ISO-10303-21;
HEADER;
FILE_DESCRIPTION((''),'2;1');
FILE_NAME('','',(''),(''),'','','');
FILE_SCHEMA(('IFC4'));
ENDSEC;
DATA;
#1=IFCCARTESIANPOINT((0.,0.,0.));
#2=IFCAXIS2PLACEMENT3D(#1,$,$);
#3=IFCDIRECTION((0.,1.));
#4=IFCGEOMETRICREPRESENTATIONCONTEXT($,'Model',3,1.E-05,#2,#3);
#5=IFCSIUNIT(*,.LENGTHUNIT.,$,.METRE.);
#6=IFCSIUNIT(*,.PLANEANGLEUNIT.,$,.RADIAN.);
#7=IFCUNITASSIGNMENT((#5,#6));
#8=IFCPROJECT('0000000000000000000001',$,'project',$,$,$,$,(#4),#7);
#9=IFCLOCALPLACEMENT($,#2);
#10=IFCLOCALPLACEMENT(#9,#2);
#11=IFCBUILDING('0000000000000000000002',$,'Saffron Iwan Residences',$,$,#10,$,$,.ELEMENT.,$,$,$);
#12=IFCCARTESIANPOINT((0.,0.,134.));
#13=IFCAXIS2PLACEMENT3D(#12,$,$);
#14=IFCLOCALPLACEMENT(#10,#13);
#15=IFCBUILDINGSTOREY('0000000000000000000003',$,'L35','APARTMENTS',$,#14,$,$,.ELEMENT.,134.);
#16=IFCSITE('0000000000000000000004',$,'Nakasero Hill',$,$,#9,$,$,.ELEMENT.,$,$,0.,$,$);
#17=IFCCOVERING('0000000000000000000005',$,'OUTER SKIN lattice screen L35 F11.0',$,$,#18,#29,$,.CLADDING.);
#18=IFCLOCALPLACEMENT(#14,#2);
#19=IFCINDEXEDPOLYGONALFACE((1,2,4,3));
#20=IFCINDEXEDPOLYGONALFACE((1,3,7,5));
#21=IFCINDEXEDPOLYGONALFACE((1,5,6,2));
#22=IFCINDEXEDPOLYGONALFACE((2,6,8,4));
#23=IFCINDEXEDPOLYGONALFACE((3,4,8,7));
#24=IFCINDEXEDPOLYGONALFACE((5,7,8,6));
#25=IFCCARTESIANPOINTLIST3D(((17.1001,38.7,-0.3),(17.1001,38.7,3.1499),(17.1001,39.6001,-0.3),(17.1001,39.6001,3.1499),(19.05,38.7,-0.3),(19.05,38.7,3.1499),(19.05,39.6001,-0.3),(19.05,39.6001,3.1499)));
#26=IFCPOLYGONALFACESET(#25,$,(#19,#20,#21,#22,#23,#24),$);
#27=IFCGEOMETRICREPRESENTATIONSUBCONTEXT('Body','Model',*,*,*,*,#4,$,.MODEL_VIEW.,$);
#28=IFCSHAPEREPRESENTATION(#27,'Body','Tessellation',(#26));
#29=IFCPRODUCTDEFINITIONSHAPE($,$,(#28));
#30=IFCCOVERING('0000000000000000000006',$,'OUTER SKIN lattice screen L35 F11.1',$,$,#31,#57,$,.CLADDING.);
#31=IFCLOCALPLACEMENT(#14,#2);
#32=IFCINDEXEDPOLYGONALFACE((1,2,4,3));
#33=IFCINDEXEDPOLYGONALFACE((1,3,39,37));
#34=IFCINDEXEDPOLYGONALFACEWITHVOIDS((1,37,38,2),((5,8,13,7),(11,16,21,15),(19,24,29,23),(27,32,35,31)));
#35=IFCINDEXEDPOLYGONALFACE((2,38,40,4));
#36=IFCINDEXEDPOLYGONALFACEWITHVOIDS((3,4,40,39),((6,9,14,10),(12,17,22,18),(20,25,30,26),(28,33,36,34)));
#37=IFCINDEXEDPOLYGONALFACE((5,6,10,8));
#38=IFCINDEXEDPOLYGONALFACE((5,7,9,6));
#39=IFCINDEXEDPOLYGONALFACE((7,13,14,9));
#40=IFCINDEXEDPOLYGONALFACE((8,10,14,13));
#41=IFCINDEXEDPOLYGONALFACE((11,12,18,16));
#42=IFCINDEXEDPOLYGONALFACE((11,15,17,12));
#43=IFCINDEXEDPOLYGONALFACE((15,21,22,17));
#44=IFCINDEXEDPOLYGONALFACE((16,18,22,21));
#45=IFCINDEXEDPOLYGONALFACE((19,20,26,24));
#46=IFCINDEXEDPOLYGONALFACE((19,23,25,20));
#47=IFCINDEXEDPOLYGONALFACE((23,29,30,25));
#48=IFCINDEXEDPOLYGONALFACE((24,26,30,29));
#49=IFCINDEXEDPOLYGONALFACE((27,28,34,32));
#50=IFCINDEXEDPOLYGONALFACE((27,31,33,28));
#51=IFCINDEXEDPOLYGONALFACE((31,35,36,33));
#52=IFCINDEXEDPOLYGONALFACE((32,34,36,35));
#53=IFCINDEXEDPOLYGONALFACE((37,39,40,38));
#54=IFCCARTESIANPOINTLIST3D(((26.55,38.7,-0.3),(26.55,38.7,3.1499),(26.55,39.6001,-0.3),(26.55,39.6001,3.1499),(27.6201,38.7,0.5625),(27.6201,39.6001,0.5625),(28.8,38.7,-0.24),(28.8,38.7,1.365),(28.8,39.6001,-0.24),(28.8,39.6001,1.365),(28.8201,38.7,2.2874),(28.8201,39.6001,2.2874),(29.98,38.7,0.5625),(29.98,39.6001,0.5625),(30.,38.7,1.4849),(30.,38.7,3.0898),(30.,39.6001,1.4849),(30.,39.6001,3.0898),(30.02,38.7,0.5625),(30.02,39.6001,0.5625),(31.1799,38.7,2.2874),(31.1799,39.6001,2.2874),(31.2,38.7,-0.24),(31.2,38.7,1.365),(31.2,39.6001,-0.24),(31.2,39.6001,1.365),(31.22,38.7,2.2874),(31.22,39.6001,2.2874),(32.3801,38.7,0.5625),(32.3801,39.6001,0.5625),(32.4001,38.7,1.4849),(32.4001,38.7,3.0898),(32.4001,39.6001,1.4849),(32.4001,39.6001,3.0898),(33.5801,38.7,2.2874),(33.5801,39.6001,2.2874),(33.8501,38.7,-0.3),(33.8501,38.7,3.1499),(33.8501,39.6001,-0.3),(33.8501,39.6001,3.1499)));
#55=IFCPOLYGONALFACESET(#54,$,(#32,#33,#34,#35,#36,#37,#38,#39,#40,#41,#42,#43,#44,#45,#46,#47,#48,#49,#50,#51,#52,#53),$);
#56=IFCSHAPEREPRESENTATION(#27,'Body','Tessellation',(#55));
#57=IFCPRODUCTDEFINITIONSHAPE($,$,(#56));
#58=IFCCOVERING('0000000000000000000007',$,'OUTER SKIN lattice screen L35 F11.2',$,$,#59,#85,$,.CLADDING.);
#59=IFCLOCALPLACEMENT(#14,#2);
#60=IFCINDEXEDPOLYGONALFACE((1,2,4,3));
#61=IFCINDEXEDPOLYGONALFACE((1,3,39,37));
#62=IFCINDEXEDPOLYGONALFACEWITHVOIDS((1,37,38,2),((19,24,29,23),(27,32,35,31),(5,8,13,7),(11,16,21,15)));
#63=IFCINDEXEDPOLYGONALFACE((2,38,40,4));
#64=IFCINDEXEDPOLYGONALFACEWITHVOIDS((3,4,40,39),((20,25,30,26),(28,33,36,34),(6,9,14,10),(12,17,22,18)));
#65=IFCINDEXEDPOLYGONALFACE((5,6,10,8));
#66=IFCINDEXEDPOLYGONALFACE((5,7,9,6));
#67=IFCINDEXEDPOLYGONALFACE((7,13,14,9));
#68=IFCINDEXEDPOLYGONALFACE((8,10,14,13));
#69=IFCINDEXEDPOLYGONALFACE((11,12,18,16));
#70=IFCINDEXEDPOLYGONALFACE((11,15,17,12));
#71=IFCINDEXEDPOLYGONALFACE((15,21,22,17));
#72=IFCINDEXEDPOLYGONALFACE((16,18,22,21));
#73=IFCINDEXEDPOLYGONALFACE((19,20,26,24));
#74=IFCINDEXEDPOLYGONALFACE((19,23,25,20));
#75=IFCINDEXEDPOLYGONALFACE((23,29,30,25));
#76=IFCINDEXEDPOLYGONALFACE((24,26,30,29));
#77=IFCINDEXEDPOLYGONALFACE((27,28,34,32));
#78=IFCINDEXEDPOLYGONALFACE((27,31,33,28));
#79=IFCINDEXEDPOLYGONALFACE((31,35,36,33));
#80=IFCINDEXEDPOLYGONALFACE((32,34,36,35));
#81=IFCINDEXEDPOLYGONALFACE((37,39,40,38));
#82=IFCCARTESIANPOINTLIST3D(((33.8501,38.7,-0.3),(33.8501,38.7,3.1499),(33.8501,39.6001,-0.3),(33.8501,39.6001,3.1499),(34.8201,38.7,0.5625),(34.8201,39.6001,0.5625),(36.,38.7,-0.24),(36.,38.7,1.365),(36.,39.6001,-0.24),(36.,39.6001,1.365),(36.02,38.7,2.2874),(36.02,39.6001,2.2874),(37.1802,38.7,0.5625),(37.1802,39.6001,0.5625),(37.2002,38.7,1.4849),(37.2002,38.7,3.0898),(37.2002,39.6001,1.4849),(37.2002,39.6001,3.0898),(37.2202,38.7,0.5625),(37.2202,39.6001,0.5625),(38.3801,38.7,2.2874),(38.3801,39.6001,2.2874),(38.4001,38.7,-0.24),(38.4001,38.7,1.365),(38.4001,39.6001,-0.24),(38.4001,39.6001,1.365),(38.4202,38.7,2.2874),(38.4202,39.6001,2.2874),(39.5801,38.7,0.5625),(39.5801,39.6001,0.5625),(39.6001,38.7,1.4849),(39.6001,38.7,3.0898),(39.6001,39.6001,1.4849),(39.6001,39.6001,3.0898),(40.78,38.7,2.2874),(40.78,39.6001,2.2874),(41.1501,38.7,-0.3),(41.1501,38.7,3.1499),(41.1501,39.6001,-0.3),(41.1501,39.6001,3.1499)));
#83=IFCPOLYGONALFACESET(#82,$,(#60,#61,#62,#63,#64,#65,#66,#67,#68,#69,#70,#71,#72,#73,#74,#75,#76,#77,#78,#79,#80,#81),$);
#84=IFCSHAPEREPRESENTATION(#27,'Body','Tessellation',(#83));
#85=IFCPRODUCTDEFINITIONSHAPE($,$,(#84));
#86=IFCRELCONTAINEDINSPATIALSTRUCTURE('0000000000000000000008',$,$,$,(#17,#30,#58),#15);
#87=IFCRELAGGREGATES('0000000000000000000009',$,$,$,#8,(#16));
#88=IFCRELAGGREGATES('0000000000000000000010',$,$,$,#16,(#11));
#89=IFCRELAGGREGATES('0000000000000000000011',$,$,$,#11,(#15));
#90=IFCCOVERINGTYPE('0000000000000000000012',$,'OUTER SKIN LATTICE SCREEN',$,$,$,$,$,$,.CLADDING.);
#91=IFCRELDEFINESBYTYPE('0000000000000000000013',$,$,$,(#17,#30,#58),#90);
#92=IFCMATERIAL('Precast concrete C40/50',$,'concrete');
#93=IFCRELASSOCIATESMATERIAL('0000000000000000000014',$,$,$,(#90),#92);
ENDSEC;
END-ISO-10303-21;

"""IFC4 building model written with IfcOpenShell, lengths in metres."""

from ifc_helpers import new_model, si_unit, direction, frame, origin, place, context, subcontext, project, spatial, polyline, outline, extrude, material, type_object, element, save


model = new_model("IFC4")

# Units and contexts
model_context = context("Model", 3, precision=1e-05, world=origin(), true_north=direction((0.0, 1.0)))
body_context = subcontext(model_context, "Body", "Model", "MODEL_VIEW")
ifc_project = project(units=[si_unit("LENGTHUNIT", "METRE"), si_unit("PLANEANGLEUNIT", "RADIAN")], contexts=[model_context])

# Site, building, storey
site_placement = place(None, origin())
site = spatial("IfcSite", under=ifc_project, at=site_placement, Name="Nakasero Hill", CompositionType="ELEMENT", RefElevation=0.0)
building_placement = place(site_placement, origin())
building = spatial("IfcBuilding", under=site, at=building_placement, Name="Saffron Iwan Residences", CompositionType="ELEMENT")
storey_placement = place(building_placement, frame((0.0, 0.0, 134.0)))
storey = spatial("IfcBuildingStorey", under=building, at=storey_placement, Name="L35", Description="APARTMENTS", CompositionType="ELEMENT", Elevation=134.0)

# Coverings
ifc_material_1 = material(Name="Precast concrete C40/50", Category="concrete")
covering_type = type_object("IfcCoveringType", Name="OUTER SKIN LATTICE SCREEN", PredefinedType="CLADDING", material=ifc_material_1)
covering_1_placement = place(storey_placement, frame((17.1001, 39.6001, -0.3), z_axis=(0.0, -1.0, 0.0), x_axis=(1.0, 0.0, 0.0)))
element("IfcCovering", 1, at=covering_1_placement, inside=storey, type_object=covering_type, Name="OUTER SKIN lattice screen L35 F11.0", PredefinedType="CLADDING", context=body_context, shape_type="SweptSolid", body=[
    extrude(outline(polyline([(0.0, 0.0), (1.95, 0.0), (1.95, 3.45), (0.0, 3.45), (0.0, 0.0)])), origin(), (0.0, 0.0, 1.0), 0.9001),
])
covering_2_placement = place(storey_placement, frame((26.55, 39.6001, -0.3), z_axis=(0.0, -1.0, 0.0), x_axis=(1.0, 0.0, 0.0)))
element("IfcCovering", 2, at=covering_2_placement, inside=storey, type_object=covering_type, Name="OUTER SKIN lattice screen L35 F11.1", PredefinedType="CLADDING", context=body_context, shape_type="SweptSolid", body=[
    extrude(outline(polyline([(0.0, 0.0), (7.3, 0.0), (7.3, 3.45), (0.0, 3.45), (0.0, 0.0)]), holes=[polyline([(1.0701, 0.8625), (2.25, 0.0601), (3.4299, 0.8625), (2.25, 1.665), (1.0701, 0.8625)]), polyline([(3.47, 0.8625), (4.6499, 0.0601), (5.8301, 0.8625), (4.6499, 1.665), (3.47, 0.8625)]), polyline([(2.27, 2.5874), (3.45, 1.7849), (4.6299, 2.5874), (3.45, 3.3899), (2.27, 2.5874)]), polyline([(4.6699, 2.5874), (5.8501, 1.7849), (7.03, 2.5874), (5.8501, 3.3899), (4.6699, 2.5874)])]), origin(), (0.0, 0.0, 1.0), 0.9001),
])
covering_3_placement = place(storey_placement, frame((33.8501, 39.6001, -0.3), z_axis=(0.0, -1.0, 0.0), x_axis=(1.0, 0.0, 0.0)))
element("IfcCovering", 3, at=covering_3_placement, inside=storey, type_object=covering_type, Name="OUTER SKIN lattice screen L35 F11.2", PredefinedType="CLADDING", context=body_context, shape_type="SweptSolid", body=[
    extrude(outline(polyline([(0.0, 0.0), (7.3, 0.0), (7.3, 3.45), (0.0, 3.45), (0.0, 0.0)]), holes=[polyline([(0.97, 0.8625), (2.1499, 0.0601), (3.3301, 0.8625), (2.1499, 1.665), (0.97, 0.8625)]), polyline([(3.3701, 0.8625), (4.55, 0.0601), (5.73, 0.8625), (4.55, 1.665), (3.3701, 0.8625)]), polyline([(2.1699, 2.5874), (3.3501, 1.7849), (4.53, 2.5874), (3.3501, 3.3899), (2.1699, 2.5874)]), polyline([(4.5701, 2.5874), (5.75, 1.7849), (6.9299, 2.5874), (5.75, 3.3899), (4.5701, 2.5874)])]), origin(), (0.0, 0.0, 1.0), 0.9001),
])

save(model, "model.ifc")
